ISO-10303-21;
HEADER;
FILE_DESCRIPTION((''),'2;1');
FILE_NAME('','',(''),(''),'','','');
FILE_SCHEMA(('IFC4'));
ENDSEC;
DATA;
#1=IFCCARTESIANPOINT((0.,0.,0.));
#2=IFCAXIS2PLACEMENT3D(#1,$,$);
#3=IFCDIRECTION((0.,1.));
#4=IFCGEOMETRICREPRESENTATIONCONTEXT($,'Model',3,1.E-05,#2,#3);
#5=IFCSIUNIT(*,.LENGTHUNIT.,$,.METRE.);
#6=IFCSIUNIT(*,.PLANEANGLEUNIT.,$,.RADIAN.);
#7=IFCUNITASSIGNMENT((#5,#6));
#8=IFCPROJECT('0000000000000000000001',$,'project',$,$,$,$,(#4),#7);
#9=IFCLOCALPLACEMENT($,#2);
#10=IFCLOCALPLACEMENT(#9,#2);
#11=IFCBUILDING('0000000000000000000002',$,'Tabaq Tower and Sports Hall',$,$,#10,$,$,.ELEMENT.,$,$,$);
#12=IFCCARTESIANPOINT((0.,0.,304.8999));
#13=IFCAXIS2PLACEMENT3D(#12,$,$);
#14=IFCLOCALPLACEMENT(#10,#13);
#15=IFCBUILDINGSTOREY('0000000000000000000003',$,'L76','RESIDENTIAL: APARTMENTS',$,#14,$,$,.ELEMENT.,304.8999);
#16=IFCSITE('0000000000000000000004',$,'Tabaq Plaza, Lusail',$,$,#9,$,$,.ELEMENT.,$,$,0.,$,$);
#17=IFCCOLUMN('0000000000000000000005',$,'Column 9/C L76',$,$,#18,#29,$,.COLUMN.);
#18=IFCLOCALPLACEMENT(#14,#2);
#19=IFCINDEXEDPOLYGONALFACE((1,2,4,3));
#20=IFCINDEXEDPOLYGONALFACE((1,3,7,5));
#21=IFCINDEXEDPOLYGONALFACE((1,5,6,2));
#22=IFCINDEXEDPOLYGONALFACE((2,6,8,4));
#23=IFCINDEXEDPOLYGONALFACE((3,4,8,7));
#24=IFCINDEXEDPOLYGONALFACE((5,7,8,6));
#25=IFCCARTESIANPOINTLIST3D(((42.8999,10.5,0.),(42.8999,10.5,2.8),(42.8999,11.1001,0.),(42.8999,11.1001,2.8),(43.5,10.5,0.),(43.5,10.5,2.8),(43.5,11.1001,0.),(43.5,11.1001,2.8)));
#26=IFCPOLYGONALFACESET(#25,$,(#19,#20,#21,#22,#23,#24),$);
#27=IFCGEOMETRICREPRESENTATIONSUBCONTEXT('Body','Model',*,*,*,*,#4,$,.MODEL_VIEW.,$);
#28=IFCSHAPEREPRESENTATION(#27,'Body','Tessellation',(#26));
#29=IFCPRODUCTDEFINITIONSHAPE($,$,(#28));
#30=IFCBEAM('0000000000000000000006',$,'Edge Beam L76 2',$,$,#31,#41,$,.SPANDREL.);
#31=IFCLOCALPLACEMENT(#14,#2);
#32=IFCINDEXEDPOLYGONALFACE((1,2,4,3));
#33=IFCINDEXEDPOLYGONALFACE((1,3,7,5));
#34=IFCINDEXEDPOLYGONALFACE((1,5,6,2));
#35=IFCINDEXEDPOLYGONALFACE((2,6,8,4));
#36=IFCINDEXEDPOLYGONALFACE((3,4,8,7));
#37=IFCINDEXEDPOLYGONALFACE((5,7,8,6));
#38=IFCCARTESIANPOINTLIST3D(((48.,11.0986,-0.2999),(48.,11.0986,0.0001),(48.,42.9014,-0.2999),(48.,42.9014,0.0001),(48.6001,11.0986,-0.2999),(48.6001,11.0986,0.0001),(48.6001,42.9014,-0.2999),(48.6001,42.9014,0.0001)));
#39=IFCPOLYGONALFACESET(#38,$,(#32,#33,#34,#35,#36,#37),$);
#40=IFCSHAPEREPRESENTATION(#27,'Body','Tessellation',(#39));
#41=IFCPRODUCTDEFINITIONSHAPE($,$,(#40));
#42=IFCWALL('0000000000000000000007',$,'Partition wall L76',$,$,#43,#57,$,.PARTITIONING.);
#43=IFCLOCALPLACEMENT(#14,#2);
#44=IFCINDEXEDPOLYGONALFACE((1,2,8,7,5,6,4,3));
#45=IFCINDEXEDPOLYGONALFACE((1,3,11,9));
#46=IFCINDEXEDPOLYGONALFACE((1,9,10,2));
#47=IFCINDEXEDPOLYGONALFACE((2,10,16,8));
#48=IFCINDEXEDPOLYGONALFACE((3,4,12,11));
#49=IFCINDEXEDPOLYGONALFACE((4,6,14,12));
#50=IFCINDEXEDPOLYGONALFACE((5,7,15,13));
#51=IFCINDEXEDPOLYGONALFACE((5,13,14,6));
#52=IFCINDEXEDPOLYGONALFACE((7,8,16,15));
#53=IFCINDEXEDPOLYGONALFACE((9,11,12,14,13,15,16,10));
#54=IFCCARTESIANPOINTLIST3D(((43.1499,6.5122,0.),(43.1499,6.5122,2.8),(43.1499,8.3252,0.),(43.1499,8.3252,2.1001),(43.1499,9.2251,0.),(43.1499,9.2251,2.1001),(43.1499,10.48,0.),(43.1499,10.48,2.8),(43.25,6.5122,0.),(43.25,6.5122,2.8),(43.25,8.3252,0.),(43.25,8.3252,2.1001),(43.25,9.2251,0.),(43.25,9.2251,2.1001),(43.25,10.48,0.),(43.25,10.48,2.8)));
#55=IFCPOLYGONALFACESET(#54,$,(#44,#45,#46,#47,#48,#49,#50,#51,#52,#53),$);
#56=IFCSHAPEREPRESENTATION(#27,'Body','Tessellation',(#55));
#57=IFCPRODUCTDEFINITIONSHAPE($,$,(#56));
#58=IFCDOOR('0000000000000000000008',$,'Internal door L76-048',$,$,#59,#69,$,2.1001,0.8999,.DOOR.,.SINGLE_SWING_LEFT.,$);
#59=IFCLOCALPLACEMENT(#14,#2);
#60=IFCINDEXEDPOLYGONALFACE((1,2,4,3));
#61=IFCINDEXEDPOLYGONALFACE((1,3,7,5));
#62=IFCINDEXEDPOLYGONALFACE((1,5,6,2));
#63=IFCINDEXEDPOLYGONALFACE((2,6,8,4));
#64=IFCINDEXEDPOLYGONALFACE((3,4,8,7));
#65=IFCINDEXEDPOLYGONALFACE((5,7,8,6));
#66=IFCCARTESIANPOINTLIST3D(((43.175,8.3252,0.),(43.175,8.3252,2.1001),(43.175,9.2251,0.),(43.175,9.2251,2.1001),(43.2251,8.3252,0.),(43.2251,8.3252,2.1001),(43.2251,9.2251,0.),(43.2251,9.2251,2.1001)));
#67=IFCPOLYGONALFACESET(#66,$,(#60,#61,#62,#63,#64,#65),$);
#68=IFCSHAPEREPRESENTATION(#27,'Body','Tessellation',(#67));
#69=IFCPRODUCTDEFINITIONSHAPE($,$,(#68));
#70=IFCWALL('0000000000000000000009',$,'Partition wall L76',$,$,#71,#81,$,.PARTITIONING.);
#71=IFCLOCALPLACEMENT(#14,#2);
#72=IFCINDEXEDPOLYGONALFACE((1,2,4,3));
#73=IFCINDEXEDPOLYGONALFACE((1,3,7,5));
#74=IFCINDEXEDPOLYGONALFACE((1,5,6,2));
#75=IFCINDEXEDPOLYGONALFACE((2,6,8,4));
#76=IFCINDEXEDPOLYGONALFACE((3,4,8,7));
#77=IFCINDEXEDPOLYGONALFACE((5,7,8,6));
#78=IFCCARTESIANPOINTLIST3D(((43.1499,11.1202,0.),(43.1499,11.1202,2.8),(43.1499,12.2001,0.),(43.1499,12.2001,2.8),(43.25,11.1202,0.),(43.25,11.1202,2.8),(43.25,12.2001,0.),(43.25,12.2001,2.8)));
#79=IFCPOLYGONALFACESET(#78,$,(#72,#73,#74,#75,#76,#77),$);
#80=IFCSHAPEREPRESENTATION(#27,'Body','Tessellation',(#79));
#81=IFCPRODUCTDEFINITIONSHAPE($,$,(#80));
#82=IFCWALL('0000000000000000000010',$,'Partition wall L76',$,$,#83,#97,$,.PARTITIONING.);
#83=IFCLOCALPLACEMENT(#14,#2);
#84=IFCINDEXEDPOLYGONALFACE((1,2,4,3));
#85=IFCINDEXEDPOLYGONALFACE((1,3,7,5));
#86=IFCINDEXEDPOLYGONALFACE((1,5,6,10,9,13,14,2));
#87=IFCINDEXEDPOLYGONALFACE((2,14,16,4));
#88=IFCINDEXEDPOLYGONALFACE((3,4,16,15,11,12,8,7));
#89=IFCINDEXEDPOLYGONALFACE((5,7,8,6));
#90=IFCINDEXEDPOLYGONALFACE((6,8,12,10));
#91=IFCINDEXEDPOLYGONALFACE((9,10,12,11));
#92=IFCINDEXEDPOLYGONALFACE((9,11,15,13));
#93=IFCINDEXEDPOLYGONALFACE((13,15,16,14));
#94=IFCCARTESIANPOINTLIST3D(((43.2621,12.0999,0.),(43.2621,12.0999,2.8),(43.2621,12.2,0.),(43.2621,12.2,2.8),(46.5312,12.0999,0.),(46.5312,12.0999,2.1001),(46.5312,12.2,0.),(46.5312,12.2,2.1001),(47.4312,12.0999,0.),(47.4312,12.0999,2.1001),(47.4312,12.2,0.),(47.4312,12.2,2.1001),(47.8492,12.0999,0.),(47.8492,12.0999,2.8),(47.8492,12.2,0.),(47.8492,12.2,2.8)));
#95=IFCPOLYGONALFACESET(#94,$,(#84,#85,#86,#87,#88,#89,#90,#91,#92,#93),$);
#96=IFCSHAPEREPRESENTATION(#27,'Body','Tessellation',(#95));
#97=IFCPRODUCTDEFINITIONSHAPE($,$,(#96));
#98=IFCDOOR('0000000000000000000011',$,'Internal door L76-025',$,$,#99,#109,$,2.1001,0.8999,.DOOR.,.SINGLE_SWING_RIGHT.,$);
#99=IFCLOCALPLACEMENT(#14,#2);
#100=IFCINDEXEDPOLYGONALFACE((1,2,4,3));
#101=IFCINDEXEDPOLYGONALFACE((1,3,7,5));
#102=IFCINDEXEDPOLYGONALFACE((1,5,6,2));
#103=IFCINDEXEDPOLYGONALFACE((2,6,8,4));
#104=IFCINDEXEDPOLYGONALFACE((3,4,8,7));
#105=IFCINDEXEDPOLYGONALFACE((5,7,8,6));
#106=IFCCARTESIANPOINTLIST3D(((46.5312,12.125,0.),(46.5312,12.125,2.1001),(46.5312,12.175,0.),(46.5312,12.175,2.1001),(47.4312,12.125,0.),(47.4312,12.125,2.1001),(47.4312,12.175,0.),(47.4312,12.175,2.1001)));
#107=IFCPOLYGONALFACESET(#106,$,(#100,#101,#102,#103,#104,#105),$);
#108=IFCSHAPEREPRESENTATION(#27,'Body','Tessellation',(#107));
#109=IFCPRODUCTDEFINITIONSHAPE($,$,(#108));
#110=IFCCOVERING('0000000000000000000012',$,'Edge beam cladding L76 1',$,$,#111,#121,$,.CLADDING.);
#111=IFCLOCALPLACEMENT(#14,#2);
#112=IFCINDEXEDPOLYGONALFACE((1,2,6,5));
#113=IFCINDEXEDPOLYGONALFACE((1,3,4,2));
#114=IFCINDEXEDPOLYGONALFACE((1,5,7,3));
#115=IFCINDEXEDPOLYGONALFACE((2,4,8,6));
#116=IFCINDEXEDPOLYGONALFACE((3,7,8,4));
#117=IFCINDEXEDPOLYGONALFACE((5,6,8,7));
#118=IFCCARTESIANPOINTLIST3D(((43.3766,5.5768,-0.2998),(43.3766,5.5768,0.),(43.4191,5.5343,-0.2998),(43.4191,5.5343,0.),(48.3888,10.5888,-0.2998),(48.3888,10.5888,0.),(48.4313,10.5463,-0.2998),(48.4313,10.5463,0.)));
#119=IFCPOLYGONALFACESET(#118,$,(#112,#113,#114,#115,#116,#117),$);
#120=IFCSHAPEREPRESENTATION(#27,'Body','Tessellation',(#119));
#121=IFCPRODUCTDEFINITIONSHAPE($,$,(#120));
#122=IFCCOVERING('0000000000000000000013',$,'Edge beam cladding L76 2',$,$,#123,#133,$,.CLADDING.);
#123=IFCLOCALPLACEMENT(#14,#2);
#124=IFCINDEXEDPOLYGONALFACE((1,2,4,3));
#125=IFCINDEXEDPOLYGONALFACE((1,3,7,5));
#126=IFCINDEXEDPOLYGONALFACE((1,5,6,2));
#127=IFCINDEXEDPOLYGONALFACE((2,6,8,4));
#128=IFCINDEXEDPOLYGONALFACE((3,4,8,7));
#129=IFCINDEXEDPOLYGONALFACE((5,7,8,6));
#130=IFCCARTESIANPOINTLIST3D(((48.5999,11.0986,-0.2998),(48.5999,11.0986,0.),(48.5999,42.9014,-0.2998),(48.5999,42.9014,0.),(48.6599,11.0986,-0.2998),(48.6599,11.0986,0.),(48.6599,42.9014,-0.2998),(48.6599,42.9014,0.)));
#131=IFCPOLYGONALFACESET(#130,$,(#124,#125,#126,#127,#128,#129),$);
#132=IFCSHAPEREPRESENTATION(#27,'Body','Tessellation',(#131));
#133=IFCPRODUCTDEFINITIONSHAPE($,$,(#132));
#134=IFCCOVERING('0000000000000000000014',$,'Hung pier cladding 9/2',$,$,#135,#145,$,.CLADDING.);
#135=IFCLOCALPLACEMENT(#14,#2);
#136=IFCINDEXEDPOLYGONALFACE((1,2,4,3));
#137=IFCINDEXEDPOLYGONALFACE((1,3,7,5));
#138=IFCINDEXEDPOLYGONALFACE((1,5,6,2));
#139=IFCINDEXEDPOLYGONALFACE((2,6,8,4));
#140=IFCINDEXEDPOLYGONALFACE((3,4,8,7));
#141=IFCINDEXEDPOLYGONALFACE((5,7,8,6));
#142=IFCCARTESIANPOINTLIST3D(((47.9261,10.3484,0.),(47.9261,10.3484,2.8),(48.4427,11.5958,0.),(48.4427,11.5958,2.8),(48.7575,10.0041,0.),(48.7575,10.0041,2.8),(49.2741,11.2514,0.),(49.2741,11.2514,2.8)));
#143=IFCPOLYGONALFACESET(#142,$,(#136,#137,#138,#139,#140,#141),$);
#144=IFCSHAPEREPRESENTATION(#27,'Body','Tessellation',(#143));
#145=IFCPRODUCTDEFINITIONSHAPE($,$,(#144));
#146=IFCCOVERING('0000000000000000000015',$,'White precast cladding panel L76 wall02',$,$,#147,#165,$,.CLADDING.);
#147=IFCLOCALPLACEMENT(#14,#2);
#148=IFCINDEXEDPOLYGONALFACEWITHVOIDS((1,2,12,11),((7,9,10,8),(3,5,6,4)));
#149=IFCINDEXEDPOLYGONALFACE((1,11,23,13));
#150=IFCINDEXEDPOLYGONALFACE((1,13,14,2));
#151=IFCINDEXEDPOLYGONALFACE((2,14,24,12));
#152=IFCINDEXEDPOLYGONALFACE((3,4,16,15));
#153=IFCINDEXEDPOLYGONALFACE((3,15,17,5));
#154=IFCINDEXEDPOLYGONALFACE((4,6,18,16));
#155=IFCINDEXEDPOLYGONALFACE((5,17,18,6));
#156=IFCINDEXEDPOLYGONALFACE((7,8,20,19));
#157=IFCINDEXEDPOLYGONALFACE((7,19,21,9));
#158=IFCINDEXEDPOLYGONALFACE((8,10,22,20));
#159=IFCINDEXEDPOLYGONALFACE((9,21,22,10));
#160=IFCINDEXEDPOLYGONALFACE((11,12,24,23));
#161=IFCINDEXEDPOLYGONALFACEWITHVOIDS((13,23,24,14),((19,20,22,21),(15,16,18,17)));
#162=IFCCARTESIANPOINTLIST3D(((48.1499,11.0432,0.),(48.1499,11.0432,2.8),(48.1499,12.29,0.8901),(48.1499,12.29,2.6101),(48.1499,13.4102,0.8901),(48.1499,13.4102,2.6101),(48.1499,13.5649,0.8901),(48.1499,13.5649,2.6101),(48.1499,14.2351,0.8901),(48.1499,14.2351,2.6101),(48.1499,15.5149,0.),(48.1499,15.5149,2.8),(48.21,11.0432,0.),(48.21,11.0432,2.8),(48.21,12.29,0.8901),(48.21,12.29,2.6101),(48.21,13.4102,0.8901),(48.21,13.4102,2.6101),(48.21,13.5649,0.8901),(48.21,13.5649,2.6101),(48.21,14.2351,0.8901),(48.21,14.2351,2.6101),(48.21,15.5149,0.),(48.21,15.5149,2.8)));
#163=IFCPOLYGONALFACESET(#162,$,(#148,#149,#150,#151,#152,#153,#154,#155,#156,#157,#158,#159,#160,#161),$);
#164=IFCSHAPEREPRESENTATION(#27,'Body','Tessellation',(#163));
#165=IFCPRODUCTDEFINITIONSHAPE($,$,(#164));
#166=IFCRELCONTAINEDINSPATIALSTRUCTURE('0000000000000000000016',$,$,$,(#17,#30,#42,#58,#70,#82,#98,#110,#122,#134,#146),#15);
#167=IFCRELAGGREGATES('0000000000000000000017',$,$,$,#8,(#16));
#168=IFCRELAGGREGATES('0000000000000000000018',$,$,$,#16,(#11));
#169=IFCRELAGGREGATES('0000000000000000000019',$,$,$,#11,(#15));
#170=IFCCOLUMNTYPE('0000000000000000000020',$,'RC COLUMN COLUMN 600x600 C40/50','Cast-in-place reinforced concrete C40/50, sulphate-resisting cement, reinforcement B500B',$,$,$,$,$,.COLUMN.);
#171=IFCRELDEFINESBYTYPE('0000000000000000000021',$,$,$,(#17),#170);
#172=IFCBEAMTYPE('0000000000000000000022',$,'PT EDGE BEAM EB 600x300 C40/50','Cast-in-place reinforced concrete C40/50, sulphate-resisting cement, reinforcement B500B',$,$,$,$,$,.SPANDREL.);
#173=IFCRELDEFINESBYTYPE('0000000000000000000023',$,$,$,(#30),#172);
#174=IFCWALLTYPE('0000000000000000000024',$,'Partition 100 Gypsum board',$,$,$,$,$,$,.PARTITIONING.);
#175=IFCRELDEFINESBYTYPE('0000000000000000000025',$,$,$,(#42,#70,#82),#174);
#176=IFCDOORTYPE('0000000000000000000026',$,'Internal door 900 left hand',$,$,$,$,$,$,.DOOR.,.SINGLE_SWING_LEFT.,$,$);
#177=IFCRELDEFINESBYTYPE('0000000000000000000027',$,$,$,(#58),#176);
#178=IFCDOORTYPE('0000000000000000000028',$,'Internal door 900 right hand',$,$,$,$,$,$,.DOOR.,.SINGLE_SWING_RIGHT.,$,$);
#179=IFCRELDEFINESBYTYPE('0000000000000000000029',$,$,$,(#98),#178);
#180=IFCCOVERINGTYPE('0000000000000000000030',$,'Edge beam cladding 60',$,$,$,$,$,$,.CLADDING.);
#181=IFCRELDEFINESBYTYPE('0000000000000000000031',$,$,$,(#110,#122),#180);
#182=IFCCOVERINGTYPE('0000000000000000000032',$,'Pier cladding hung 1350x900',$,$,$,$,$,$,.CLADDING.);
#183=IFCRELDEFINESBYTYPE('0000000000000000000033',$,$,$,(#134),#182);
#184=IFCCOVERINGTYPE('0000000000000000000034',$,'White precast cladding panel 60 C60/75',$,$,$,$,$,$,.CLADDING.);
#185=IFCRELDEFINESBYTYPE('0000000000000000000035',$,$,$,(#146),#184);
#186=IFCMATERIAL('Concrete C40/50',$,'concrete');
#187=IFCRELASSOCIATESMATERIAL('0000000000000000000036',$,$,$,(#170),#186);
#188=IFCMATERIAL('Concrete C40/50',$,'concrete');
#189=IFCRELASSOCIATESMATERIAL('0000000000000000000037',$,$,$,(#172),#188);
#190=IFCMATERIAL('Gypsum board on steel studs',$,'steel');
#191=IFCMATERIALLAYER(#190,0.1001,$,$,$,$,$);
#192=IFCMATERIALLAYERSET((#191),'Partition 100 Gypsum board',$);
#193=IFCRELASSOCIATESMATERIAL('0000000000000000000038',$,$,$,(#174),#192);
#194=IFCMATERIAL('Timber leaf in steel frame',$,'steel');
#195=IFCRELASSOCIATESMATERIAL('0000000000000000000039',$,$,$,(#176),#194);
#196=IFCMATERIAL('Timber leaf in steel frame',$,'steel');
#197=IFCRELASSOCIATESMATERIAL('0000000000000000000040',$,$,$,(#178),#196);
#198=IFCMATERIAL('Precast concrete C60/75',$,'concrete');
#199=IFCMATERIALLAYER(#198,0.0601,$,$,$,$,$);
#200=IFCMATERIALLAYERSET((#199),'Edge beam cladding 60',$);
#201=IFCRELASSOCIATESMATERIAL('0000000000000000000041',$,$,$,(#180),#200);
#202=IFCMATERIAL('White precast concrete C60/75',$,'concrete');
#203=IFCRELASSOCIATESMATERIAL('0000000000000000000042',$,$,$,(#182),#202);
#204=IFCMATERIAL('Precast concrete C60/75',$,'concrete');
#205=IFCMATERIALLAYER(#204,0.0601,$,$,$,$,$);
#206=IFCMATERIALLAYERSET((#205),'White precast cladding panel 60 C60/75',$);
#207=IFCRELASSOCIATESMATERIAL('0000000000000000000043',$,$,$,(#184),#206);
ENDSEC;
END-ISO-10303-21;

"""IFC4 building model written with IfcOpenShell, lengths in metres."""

from ifc_helpers import new_model, si_unit, direction, frame, frame_2d, origin, origin_2d, place, context, subcontext, project, spatial, polyline, rectangle, outline, extrude, material, layer, layer_set, material_profile, profile_set, type_object, element, fill, save


model = new_model("IFC4")

# Units and contexts
model_context = context("Model", 3, precision=1e-05, world=origin(), true_north=direction((0.0, 1.0)))
body_context = subcontext(model_context, "Body", "Model", "MODEL_VIEW")
ifc_project = project(units=[si_unit("LENGTHUNIT", "METRE"), si_unit("PLANEANGLEUNIT", "RADIAN")], contexts=[model_context])

# Site, building, storey
site_placement = place(None, origin())
site = spatial("IfcSite", under=ifc_project, at=site_placement, Name="Tabaq Plaza, Lusail", CompositionType="ELEMENT", RefElevation=0.0)
building_placement = place(site_placement, origin())
building = spatial("IfcBuilding", under=site, at=building_placement, Name="Tabaq Tower and Sports Hall", CompositionType="ELEMENT")
storey_placement = place(building_placement, frame((0.0, 0.0, 304.8999)))
storey = spatial("IfcBuildingStorey", under=building, at=storey_placement, Name="L76", Description="RESIDENTIAL: APARTMENTS", CompositionType="ELEMENT", Elevation=304.8999)

# Column
ifc_material_1 = material(Name="Concrete C40/50", Category="concrete")
ifc_material_profile_1 = material_profile(ifc_material_1, rectangle(XDim=0.6001, YDim=0.6001, at=origin_2d()), Name="COLUMN 600x600")
ifc_profile_set_1 = profile_set([ifc_material_profile_1], Name="Concrete C40/50")
column_type = type_object("IfcColumnType", Name="RC COLUMN COLUMN 600x600 C40/50", Description="Cast-in-place reinforced concrete C40/50, sulphate-resisting cement, reinforcement B500B", PredefinedType="COLUMN", material=ifc_profile_set_1)
column_placement = place(storey_placement, frame((43.2, 10.8, 0.0), z_axis=(0.0, 0.0, 1.0), x_axis=(1.0, 0.0, 0.0)))
element("IfcColumn", 1, at=column_placement, inside=storey, type_object=column_type, Name="Column 9/C L76", PredefinedType="COLUMN", context=body_context, shape_type="SweptSolid", body=[
    extrude(rectangle(XDim=0.6001, YDim=0.6001, at=origin_2d()), origin(), (0.0, 0.0, 1.0), 2.8),
])

# Beam
ifc_material_2 = material(Name="Concrete C40/50", Category="concrete")
ifc_material_profile_2 = material_profile(ifc_material_2, rectangle(XDim=0.6001, YDim=0.3, at=origin_2d()), Name="EB 600x300")
ifc_profile_set_2 = profile_set([ifc_material_profile_2], Name="Concrete C40/50")
beam_type = type_object("IfcBeamType", Name="PT EDGE BEAM EB 600x300 C40/50", Description="Cast-in-place reinforced concrete C40/50, sulphate-resisting cement, reinforcement B500B", PredefinedType="SPANDREL", material=ifc_profile_set_2)
beam_placement = place(storey_placement, frame((48.3, 11.0986, -0.1499), z_axis=(0.0, 1.0, 0.0), x_axis=(-1.0, 0.0, 0.0)))
element("IfcBeam", 2, at=beam_placement, inside=storey, type_object=beam_type, Name="Edge Beam L76 2", PredefinedType="SPANDREL", context=body_context, shape_type="SweptSolid", body=[
    extrude(rectangle(XDim=0.6001, YDim=0.3, at=origin_2d()), origin(), (0.0, 0.0, 1.0), 31.8027),
])

# Wall, opening, door
ifc_material_3 = material(Name="Gypsum board on steel studs", Category="steel")
ifc_layer_1 = layer(ifc_material_3, 0.1001)
ifc_layer_set_1 = layer_set([ifc_layer_1], Name="Partition 100 Gypsum board")
wall_type_1 = type_object("IfcWallType", Name="Partition 100 Gypsum board", PredefinedType="PARTITIONING", material=ifc_layer_set_1)
wall_1_placement = place(storey_placement, frame((43.2, 6.5122, 0.0), z_axis=(0.0, 0.0, 1.0), x_axis=(0.0, 1.0, 0.0)))
wall_1 = element("IfcWall", 3, at=wall_1_placement, inside=storey, type_object=wall_type_1, Name="Partition wall L76", PredefinedType="PARTITIONING", context=body_context, shape_type="SweptSolid", body=[
    extrude(rectangle(XDim=3.9678, YDim=0.1001, at=frame_2d((1.9839, 0.0))), origin(), (0.0, 0.0, 1.0), 2.8),
])
opening_1_placement = place(wall_1_placement, frame((1.813, 0.0, 0.0)))
opening_1 = element("IfcOpeningElement", 4, at=opening_1_placement, cuts=wall_1, PredefinedType="OPENING", context=body_context, shape_type="SweptSolid", body=[
    extrude(rectangle(XDim=0.8999, YDim=2.1001, at=frame_2d((0.45, 1.05))), frame((0.0, 0.05, 0.0), z_axis=(0.0, -1.0, 0.0), x_axis=(1.0, 0.0, 0.0)), (0.0, 0.0, 1.0), 0.1001),
])
ifc_material_4 = material(Name="Timber leaf in steel frame", Category="steel")
door_type_1 = type_object("IfcDoorType", Name="Internal door 900 left hand", OperationType="SINGLE_SWING_LEFT", PredefinedType="DOOR", material=ifc_material_4)
door_1_placement = place(opening_1_placement, origin())
door_1 = element("IfcDoor", 5, at=door_1_placement, inside=storey, type_object=door_type_1, Name="Internal door L76-048", OperationType="SINGLE_SWING_LEFT", OverallHeight=2.1001, OverallWidth=0.8999, PredefinedType="DOOR", context=body_context, shape_type="SweptSolid", body=[
    extrude(rectangle(XDim=0.8999, YDim=2.1001, at=frame_2d((0.45, 1.05))), frame((0.0, 0.0249, 0.0), z_axis=(0.0, -1.0, 0.0), x_axis=(1.0, 0.0, 0.0)), (0.0, 0.0, 1.0), 0.05),
])
fill(opening_1, door_1)

# Wall
wall_2_placement = place(storey_placement, frame((43.2, 11.1201, 0.0), z_axis=(0.0, 0.0, 1.0), x_axis=(0.0, 1.0, 0.0)))
element("IfcWall", 6, at=wall_2_placement, inside=storey, type_object=wall_type_1, Name="Partition wall L76", PredefinedType="PARTITIONING", context=body_context, shape_type="SweptSolid", body=[
    extrude(rectangle(XDim=1.0798, YDim=0.1001, at=frame_2d((0.54, 0.0))), origin(), (0.0, 0.0, 1.0), 2.8),
])

# Wall, opening, door
wall_3_placement = place(storey_placement, frame((47.8491, 12.1499, 0.0), z_axis=(0.0, 0.0, 1.0), x_axis=(-1.0, 0.0, 0.0)))
wall_3 = element("IfcWall", 7, at=wall_3_placement, inside=storey, type_object=wall_type_1, Name="Partition wall L76", PredefinedType="PARTITIONING", context=body_context, shape_type="SweptSolid", body=[
    extrude(rectangle(XDim=4.5872, YDim=0.1001, at=frame_2d((2.2935, 0.0))), origin(), (0.0, 0.0, 1.0), 2.8),
])
opening_2_placement = place(wall_3_placement, frame((0.418, 0.0, 0.0)))
opening_2 = element("IfcOpeningElement", 8, at=opening_2_placement, cuts=wall_3, PredefinedType="OPENING", context=body_context, shape_type="SweptSolid", body=[
    extrude(rectangle(XDim=0.8999, YDim=2.1001, at=frame_2d((0.45, 1.05))), frame((0.0, 0.05, 0.0), z_axis=(0.0, -1.0, 0.0), x_axis=(1.0, 0.0, 0.0)), (0.0, 0.0, 1.0), 0.1001),
])
ifc_material_5 = material(Name="Timber leaf in steel frame", Category="steel")
door_type_2 = type_object("IfcDoorType", Name="Internal door 900 right hand", OperationType="SINGLE_SWING_RIGHT", PredefinedType="DOOR", material=ifc_material_5)
door_2_placement = place(opening_2_placement, origin())
door_2 = element("IfcDoor", 9, at=door_2_placement, inside=storey, type_object=door_type_2, Name="Internal door L76-025", OperationType="SINGLE_SWING_RIGHT", OverallHeight=2.1001, OverallWidth=0.8999, PredefinedType="DOOR", context=body_context, shape_type="SweptSolid", body=[
    extrude(rectangle(XDim=0.8999, YDim=2.1001, at=frame_2d((0.45, 1.05))), frame((0.0, 0.0249, 0.0), z_axis=(0.0, -1.0, 0.0), x_axis=(1.0, 0.0, 0.0)), (0.0, 0.0, 1.0), 0.05),
])
fill(opening_2, door_2)

# Coverings
ifc_material_6 = material(Name="Precast concrete C60/75", Category="concrete")
ifc_layer_2 = layer(ifc_material_6, 0.0601)
ifc_layer_set_2 = layer_set([ifc_layer_2], Name="Edge beam cladding 60")
covering_type_1 = type_object("IfcCoveringType", Name="Edge beam cladding 60", PredefinedType="CLADDING", material=ifc_layer_set_2)
covering_1_placement = place(storey_placement, frame((43.3979, 5.5557, -0.2998), z_axis=(0.0, 0.0, 1.0), x_axis=(0.707124, 0.70709, 0.0)))
element("IfcCovering", 10, at=covering_1_placement, inside=storey, type_object=covering_type_1, Name="Edge beam cladding L76 1", PredefinedType="CLADDING", context=body_context, shape_type="SweptSolid", body=[
    extrude(rectangle(XDim=7.0881, YDim=0.0601, at=frame_2d((3.5439, 0.0))), origin(), (0.0, 0.0, 1.0), 0.2998),
])
covering_2_placement = place(storey_placement, frame((48.6299, 11.0986, -0.2998), z_axis=(0.0, 0.0, 1.0), x_axis=(0.0, 1.0, 0.0)))
element("IfcCovering", 11, at=covering_2_placement, inside=storey, type_object=covering_type_1, Name="Edge beam cladding L76 2", PredefinedType="CLADDING", context=body_context, shape_type="SweptSolid", body=[
    extrude(rectangle(XDim=31.8027, YDim=0.0601, at=frame_2d((15.9014, 0.0))), origin(), (0.0, 0.0, 1.0), 0.2998),
])
ifc_material_7 = material(Name="White precast concrete C60/75", Category="concrete")
covering_type_2 = type_object("IfcCoveringType", Name="Pier cladding hung 1350x900", PredefinedType="CLADDING", material=ifc_material_7)
covering_3_placement = place(storey_placement, frame((48.3418, 10.1763, 0.0), z_axis=(0.0, 0.0, 1.0), x_axis=(0.38265, 0.923893, 0.0)))
element("IfcCovering", 12, at=covering_3_placement, inside=storey, type_object=covering_type_2, Name="Hung pier cladding 9/2", PredefinedType="CLADDING", context=body_context, shape_type="SweptSolid", body=[
    extrude(rectangle(XDim=1.3501, YDim=0.8999, at=frame_2d((0.675, 0.0))), origin(), (0.0, 0.0, 1.0), 2.8),
])
ifc_material_8 = material(Name="Precast concrete C60/75", Category="concrete")
ifc_layer_3 = layer(ifc_material_8, 0.0601)
ifc_layer_set_3 = layer_set([ifc_layer_3], Name="White precast cladding panel 60 C60/75")
covering_type_3 = type_object("IfcCoveringType", Name="White precast cladding panel 60 C60/75", PredefinedType="CLADDING", material=ifc_layer_set_3)
covering_4_placement = place(storey_placement, frame((48.1799, 11.0432, 0.0), z_axis=(0.0, 0.0, 1.0), x_axis=(0.0, 1.0, 0.0)))
element("IfcCovering", 13, at=covering_4_placement, inside=storey, type_object=covering_type_3, Name="White precast cladding panel L76 wall02", PredefinedType="CLADDING", context=body_context, shape_type="SweptSolid", body=[
    extrude(outline(polyline([(0.0, 0.0), (4.4717, 0.0), (4.4717, 2.8), (0.0, 2.8), (0.0, 0.0)]), holes=[polyline([(1.2468, 2.6101), (2.3669, 2.6101), (2.3669, 0.8901), (1.2468, 0.8901), (1.2468, 2.6101)]), polyline([(2.5217, 2.6101), (3.1919, 2.6101), (3.1919, 0.8901), (2.5217, 0.8901), (2.5217, 2.6101)])]), frame((0.0, 0.03, 0.0), z_axis=(0.0, -1.0, 0.0), x_axis=(1.0, 0.0, 0.0)), (0.0, 0.0, 1.0), 0.0601),
])

save(model, "model.ifc")
